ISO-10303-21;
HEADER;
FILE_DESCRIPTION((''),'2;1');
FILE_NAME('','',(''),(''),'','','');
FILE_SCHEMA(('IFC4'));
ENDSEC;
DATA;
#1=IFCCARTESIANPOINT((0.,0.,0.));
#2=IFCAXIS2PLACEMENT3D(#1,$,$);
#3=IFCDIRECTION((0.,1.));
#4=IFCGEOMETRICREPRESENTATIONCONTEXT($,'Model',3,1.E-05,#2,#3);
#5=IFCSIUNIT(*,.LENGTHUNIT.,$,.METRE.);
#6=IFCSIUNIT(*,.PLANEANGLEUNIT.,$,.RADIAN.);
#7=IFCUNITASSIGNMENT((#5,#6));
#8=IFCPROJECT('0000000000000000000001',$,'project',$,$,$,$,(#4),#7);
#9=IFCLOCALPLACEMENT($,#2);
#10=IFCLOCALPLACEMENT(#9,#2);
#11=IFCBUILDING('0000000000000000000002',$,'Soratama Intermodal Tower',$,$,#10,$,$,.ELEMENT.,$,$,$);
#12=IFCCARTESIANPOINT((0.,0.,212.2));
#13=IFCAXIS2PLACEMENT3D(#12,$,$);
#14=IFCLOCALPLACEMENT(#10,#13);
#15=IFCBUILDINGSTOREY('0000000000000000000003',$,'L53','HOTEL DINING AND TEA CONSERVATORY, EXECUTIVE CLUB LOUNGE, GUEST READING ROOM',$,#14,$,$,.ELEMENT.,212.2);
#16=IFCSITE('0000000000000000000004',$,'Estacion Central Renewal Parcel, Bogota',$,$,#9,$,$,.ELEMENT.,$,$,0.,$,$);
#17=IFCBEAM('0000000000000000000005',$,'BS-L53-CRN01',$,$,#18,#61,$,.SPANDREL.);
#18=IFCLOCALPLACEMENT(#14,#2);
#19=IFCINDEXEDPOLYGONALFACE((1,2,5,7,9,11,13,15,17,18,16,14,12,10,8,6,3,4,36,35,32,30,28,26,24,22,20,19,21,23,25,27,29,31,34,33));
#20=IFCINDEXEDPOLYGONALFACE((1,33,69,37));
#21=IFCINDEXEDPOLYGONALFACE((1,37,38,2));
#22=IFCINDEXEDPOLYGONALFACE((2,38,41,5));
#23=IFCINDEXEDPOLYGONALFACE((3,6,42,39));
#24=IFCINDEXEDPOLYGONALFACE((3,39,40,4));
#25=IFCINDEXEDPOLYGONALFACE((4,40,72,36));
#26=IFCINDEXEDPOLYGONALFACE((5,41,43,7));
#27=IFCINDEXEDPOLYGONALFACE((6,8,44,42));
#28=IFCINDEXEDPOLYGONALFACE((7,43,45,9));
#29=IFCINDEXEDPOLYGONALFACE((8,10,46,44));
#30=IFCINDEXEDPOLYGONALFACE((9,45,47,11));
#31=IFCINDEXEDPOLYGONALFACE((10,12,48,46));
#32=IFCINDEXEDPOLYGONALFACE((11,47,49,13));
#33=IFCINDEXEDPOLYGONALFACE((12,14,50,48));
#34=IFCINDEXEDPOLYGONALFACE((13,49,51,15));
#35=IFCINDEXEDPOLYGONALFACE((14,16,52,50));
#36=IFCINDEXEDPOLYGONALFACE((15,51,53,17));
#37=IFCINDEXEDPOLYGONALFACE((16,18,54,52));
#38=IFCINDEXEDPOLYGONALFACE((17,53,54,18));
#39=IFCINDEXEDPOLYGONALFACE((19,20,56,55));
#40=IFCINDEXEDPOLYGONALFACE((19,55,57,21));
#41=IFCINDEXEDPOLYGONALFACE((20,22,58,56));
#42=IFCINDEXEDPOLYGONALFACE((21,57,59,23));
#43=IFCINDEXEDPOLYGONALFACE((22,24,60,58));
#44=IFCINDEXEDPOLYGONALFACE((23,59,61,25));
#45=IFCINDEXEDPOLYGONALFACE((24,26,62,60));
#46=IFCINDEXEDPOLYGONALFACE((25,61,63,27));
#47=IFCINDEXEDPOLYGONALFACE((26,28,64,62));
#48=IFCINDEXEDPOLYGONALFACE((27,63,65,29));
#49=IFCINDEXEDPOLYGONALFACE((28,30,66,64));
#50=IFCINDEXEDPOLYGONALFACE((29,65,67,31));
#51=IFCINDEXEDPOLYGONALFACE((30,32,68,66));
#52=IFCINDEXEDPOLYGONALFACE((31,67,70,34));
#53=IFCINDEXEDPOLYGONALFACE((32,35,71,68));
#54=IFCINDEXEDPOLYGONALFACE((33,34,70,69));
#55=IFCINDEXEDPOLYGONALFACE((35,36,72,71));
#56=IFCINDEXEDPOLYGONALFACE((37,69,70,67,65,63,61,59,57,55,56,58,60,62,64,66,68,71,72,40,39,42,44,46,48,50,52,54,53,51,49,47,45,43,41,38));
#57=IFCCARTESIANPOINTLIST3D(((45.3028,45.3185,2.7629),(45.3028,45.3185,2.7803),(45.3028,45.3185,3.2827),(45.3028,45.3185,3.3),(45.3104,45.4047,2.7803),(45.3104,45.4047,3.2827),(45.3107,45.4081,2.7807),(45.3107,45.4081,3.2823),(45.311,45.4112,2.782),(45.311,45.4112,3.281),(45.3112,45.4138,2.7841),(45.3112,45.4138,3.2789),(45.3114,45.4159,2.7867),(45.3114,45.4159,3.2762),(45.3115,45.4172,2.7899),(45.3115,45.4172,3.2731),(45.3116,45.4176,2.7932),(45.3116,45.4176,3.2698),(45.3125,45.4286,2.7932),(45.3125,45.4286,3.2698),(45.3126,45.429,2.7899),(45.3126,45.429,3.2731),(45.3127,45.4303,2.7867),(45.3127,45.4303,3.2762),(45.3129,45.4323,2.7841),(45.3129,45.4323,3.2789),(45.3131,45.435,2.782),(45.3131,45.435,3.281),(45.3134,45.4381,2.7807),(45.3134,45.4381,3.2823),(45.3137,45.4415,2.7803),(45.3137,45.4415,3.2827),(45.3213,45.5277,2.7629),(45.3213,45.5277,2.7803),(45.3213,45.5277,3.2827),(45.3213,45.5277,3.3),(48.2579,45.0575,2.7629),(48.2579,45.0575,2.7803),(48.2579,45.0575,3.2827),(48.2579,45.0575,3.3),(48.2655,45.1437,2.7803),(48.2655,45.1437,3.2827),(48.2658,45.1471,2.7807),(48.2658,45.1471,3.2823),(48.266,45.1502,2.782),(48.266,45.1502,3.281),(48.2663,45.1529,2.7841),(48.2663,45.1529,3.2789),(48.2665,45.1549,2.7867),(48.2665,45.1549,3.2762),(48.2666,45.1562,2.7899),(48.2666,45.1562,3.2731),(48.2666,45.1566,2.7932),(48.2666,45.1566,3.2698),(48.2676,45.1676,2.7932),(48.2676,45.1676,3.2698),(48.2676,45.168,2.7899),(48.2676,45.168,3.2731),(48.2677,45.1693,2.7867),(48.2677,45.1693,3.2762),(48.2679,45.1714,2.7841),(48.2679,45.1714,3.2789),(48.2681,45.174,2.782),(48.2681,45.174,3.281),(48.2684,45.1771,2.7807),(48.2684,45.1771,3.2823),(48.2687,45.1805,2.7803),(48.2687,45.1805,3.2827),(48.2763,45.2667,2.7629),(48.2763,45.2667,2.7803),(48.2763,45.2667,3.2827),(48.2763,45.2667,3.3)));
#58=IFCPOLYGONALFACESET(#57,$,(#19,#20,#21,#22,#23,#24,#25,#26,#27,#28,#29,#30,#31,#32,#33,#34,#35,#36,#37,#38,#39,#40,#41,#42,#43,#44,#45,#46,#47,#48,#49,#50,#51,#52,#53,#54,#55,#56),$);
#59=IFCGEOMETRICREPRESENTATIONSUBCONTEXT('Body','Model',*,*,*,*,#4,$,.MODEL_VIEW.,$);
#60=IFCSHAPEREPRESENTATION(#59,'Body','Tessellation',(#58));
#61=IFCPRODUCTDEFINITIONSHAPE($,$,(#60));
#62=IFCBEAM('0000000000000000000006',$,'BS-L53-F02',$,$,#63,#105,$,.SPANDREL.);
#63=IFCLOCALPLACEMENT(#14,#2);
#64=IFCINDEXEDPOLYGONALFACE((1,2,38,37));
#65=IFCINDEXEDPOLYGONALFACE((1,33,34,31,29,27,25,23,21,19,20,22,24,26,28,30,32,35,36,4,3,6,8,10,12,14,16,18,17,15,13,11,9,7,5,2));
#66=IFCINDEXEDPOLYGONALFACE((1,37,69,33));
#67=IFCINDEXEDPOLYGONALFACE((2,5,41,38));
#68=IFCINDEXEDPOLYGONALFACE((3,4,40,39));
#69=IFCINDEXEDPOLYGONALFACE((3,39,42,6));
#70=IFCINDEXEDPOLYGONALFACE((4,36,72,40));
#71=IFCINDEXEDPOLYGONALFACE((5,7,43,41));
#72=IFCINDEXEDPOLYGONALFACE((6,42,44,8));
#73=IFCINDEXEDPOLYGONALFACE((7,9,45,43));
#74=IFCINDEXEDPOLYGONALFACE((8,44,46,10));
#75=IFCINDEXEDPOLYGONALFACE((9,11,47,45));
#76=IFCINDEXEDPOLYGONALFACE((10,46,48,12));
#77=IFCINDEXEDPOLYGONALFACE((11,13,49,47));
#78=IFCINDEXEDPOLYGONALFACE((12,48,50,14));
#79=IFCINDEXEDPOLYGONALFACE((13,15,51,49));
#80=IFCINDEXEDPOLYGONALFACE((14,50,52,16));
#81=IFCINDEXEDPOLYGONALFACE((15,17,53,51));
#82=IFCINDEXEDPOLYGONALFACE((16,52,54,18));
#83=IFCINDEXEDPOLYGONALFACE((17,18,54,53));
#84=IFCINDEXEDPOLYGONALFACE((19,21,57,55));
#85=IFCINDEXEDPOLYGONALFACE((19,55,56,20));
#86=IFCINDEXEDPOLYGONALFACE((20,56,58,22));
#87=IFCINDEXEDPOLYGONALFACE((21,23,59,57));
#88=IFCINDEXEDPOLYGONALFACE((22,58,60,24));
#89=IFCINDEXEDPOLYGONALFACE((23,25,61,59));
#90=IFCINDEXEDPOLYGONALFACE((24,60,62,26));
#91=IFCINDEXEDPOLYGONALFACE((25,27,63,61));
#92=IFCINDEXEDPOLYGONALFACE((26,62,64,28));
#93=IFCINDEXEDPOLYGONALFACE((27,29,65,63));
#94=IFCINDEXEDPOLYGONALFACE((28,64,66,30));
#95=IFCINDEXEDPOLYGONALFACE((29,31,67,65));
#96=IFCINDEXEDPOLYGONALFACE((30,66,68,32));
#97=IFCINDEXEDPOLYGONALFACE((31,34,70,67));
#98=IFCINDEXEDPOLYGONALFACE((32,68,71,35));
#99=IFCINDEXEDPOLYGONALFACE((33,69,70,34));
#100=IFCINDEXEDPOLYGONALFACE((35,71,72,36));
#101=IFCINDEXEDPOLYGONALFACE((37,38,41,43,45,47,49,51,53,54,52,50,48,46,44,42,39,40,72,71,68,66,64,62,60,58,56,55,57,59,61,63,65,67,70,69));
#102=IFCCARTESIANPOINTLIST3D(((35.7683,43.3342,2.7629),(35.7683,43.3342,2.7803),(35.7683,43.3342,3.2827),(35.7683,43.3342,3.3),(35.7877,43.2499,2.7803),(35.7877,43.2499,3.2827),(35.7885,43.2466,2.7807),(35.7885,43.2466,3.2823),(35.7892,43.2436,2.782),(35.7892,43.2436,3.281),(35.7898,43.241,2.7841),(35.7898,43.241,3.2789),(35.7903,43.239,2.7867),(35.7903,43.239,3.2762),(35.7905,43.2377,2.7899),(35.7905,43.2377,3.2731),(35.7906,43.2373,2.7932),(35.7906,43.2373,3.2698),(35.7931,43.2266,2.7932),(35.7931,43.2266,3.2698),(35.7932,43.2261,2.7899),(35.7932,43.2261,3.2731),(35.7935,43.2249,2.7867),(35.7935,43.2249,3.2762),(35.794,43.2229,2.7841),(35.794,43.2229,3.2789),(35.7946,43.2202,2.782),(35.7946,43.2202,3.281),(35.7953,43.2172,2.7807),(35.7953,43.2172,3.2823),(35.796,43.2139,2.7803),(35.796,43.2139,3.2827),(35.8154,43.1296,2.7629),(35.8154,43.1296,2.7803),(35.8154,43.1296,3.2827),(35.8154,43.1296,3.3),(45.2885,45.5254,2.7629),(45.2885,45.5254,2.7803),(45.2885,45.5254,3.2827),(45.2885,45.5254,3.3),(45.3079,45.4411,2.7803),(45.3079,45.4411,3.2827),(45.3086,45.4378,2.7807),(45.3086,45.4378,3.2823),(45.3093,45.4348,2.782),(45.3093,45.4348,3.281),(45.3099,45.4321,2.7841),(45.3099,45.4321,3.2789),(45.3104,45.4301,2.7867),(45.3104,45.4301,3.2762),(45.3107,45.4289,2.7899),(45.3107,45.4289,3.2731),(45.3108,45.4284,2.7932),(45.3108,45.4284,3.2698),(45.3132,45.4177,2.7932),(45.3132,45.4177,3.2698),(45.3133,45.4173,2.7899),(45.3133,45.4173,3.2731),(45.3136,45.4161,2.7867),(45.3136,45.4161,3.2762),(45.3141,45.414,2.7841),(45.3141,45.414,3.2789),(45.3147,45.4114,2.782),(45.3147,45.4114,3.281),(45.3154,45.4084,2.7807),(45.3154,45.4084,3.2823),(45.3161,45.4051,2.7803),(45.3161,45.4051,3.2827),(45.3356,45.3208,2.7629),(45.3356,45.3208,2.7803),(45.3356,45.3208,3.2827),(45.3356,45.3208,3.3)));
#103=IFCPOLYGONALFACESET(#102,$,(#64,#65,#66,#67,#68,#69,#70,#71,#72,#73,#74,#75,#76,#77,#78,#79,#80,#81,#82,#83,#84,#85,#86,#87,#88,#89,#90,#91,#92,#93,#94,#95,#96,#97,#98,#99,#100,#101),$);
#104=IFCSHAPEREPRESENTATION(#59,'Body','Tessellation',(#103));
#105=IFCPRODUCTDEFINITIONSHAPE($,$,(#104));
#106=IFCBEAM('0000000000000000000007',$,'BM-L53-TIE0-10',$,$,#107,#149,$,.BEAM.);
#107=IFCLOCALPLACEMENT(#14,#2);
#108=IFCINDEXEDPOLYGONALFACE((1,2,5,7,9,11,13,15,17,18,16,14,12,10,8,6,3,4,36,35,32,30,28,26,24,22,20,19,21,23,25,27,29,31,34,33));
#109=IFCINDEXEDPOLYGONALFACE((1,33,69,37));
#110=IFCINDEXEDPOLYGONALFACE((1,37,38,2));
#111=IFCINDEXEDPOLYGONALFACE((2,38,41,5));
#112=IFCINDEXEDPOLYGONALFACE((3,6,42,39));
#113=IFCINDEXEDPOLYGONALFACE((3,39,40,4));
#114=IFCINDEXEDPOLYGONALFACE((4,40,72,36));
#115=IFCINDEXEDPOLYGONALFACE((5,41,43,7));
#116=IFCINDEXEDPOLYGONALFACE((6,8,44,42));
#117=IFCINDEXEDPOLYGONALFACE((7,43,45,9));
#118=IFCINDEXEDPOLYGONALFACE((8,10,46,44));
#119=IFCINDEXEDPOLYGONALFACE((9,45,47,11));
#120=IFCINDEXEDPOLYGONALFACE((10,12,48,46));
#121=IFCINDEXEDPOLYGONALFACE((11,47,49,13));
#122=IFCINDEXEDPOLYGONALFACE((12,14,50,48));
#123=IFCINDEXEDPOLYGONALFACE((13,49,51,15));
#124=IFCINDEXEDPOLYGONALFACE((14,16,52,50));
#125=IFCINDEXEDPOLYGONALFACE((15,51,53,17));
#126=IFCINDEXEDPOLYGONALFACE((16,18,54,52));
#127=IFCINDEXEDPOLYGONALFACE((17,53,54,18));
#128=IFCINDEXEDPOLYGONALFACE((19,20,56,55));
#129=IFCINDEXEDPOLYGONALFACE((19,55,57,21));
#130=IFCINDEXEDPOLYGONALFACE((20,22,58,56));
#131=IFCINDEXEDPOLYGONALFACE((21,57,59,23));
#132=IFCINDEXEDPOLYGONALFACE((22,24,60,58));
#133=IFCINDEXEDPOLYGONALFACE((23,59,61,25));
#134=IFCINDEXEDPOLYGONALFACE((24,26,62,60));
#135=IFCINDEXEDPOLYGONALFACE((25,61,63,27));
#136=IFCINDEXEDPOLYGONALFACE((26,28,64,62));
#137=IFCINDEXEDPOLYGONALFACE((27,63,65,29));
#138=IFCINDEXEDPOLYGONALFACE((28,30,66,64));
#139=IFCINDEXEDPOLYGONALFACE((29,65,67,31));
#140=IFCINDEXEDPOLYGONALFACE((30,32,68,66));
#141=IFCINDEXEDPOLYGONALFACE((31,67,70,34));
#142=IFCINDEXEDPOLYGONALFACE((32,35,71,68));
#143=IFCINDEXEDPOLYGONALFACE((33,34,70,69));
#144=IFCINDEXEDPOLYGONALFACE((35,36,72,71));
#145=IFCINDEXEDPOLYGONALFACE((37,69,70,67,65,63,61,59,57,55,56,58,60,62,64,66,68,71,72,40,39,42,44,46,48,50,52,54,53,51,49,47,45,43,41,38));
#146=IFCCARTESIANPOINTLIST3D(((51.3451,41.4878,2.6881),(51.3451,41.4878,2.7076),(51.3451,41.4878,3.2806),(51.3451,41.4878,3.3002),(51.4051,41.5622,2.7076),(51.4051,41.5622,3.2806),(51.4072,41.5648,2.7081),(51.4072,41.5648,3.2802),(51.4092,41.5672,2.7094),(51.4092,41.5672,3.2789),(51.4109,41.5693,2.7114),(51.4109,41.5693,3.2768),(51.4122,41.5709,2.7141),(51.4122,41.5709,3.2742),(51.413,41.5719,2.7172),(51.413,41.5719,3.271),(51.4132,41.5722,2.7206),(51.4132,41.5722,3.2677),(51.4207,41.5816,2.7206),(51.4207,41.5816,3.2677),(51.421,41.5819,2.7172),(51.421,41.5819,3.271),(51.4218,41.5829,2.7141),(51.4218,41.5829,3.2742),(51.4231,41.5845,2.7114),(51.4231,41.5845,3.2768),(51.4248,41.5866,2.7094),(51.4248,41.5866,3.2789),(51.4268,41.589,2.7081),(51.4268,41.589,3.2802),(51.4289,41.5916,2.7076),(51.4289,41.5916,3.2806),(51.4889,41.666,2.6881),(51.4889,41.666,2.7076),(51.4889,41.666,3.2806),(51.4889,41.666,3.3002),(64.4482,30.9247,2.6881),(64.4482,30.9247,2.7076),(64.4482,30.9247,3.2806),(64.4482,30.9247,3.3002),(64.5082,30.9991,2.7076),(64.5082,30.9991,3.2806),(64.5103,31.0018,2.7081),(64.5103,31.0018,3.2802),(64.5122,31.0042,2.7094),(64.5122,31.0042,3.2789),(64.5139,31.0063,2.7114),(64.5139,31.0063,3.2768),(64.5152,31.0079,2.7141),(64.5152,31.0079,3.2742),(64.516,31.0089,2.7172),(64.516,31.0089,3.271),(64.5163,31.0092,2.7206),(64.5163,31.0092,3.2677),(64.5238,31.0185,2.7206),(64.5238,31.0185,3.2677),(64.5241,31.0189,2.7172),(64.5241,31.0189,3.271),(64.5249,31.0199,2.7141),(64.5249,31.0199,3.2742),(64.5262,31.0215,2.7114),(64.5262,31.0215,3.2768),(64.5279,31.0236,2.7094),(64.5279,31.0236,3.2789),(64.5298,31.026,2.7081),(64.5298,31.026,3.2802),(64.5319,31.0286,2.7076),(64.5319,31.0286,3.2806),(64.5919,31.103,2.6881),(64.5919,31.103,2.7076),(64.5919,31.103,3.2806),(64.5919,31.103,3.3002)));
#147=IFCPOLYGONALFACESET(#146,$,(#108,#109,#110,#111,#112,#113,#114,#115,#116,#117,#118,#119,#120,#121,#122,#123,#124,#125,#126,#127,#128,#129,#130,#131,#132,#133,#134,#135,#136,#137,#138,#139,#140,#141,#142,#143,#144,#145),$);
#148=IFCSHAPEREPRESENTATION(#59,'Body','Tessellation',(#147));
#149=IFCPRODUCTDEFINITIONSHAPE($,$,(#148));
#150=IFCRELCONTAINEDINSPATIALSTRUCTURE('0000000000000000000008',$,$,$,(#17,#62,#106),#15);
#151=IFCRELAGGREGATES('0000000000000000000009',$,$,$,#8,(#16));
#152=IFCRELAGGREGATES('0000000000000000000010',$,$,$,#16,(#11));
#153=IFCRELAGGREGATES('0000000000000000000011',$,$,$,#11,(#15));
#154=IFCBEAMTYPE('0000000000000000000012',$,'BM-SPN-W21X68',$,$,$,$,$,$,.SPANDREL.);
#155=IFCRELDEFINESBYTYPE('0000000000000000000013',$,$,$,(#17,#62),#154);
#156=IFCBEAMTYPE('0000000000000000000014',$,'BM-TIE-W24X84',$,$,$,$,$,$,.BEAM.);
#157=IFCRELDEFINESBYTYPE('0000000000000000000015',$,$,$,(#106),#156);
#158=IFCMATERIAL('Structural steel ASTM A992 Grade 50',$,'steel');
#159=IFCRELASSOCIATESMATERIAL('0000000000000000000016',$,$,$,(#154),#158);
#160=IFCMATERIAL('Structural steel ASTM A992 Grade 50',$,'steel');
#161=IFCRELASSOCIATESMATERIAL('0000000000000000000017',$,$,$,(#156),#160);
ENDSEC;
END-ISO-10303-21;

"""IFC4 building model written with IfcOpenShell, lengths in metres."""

from ifc_helpers import new_model, si_unit, direction, frame, origin, origin_2d, place, context, subcontext, project, spatial, i_section, extrude, material, material_profile, profile_set, type_object, element, save


model = new_model("IFC4")

# Units and contexts
model_context = context("Model", 3, precision=1e-05, world=origin(), true_north=direction((0.0, 1.0)))
body_context = subcontext(model_context, "Body", "Model", "MODEL_VIEW")
ifc_project = project(units=[si_unit("LENGTHUNIT", "METRE"), si_unit("PLANEANGLEUNIT", "RADIAN")], contexts=[model_context])

# Site, building, storey
site_placement = place(None, origin())
site = spatial("IfcSite", under=ifc_project, at=site_placement, Name="Estacion Central Renewal Parcel, Bogota", CompositionType="ELEMENT", RefElevation=0.0)
building_placement = place(site_placement, origin())
building = spatial("IfcBuilding", under=site, at=building_placement, Name="Soratama Intermodal Tower", CompositionType="ELEMENT")
storey_placement = place(building_placement, frame((0.0, 0.0, 212.2)))
storey = spatial("IfcBuildingStorey", under=building, at=storey_placement, Name="L53", Description="HOTEL DINING AND TEA CONSERVATORY, EXECUTIVE CLUB LOUNGE, GUEST READING ROOM", CompositionType="ELEMENT", Elevation=212.2)

# Beams
ifc_material_1 = material(Name="Structural steel ASTM A992 Grade 50", Category="steel")
ifc_material_profile_1 = material_profile(ifc_material_1, i_section(OverallWidth=0.21, OverallDepth=0.5371, WebThickness=0.011, FlangeThickness=0.0173, FilletRadius=0.0129, at=origin_2d()), Name="W21X68")
ifc_profile_set_1 = profile_set([ifc_material_profile_1], Name="Structural steel ASTM A992 Grade 50")
beam_type_1 = type_object("IfcBeamType", Name="BM-SPN-W21X68", PredefinedType="SPANDREL", material=ifc_profile_set_1)
beam_1_placement = place(storey_placement, frame((48.2671, 45.1621, 3.0315), z_axis=(-0.996123, 0.087975, 0.0), x_axis=(-0.087975, -0.996123, 0.0)))
element("IfcBeam", 1, at=beam_1_placement, inside=storey, type_object=beam_type_1, Name="BS-L53-CRN01", PredefinedType="SPANDREL", context=body_context, shape_type="SweptSolid", body=[
    extrude(i_section(OverallWidth=0.21, OverallDepth=0.5371, WebThickness=0.011, FlangeThickness=0.0173, FilletRadius=0.0129, at=origin_2d()), origin(), (0.0, 0.0, 1.0), 2.9666),
])
beam_2_placement = place(storey_placement, frame((45.312, 45.4231, 3.0315), z_axis=(-0.97452, -0.224299, 0.0), x_axis=(0.224299, -0.97452, 0.0)))
element("IfcBeam", 2, at=beam_2_placement, inside=storey, type_object=beam_type_1, Name="BS-L53-F02", PredefinedType="SPANDREL", context=body_context, shape_type="SweptSolid", body=[
    extrude(i_section(OverallWidth=0.21, OverallDepth=0.5371, WebThickness=0.011, FlangeThickness=0.0173, FilletRadius=0.0129, at=origin_2d()), origin(), (0.0, 0.0, 1.0), 9.769),
])
ifc_material_2 = material(Name="Structural steel ASTM A992 Grade 50", Category="steel")
ifc_material_profile_2 = material_profile(ifc_material_2, i_section(OverallWidth=0.229, OverallDepth=0.6121, WebThickness=0.012, FlangeThickness=0.0195, FilletRadius=0.0129, at=origin_2d()), Name="W24X84")
ifc_profile_set_2 = profile_set([ifc_material_profile_2], Name="Structural steel ASTM A992 Grade 50")
beam_type_2 = type_object("IfcBeamType", Name="BM-TIE-W24X84", PredefinedType="BEAM", material=ifc_profile_set_2)
beam_3_placement = place(storey_placement, frame((51.417, 41.5769, 2.9941), z_axis=(0.778528, -0.62761, 0.0), x_axis=(0.62761, 0.778528, 0.0)))
element("IfcBeam", 3, at=beam_3_placement, inside=storey, type_object=beam_type_2, Name="BM-L53-TIE0-10", PredefinedType="BEAM", context=body_context, shape_type="SweptSolid", body=[
    extrude(i_section(OverallWidth=0.229, OverallDepth=0.6121, WebThickness=0.012, FlangeThickness=0.0195, FilletRadius=0.0129, at=origin_2d()), origin(), (0.0, 0.0, 1.0), 16.8306),
])

save(model, "model.ifc")
